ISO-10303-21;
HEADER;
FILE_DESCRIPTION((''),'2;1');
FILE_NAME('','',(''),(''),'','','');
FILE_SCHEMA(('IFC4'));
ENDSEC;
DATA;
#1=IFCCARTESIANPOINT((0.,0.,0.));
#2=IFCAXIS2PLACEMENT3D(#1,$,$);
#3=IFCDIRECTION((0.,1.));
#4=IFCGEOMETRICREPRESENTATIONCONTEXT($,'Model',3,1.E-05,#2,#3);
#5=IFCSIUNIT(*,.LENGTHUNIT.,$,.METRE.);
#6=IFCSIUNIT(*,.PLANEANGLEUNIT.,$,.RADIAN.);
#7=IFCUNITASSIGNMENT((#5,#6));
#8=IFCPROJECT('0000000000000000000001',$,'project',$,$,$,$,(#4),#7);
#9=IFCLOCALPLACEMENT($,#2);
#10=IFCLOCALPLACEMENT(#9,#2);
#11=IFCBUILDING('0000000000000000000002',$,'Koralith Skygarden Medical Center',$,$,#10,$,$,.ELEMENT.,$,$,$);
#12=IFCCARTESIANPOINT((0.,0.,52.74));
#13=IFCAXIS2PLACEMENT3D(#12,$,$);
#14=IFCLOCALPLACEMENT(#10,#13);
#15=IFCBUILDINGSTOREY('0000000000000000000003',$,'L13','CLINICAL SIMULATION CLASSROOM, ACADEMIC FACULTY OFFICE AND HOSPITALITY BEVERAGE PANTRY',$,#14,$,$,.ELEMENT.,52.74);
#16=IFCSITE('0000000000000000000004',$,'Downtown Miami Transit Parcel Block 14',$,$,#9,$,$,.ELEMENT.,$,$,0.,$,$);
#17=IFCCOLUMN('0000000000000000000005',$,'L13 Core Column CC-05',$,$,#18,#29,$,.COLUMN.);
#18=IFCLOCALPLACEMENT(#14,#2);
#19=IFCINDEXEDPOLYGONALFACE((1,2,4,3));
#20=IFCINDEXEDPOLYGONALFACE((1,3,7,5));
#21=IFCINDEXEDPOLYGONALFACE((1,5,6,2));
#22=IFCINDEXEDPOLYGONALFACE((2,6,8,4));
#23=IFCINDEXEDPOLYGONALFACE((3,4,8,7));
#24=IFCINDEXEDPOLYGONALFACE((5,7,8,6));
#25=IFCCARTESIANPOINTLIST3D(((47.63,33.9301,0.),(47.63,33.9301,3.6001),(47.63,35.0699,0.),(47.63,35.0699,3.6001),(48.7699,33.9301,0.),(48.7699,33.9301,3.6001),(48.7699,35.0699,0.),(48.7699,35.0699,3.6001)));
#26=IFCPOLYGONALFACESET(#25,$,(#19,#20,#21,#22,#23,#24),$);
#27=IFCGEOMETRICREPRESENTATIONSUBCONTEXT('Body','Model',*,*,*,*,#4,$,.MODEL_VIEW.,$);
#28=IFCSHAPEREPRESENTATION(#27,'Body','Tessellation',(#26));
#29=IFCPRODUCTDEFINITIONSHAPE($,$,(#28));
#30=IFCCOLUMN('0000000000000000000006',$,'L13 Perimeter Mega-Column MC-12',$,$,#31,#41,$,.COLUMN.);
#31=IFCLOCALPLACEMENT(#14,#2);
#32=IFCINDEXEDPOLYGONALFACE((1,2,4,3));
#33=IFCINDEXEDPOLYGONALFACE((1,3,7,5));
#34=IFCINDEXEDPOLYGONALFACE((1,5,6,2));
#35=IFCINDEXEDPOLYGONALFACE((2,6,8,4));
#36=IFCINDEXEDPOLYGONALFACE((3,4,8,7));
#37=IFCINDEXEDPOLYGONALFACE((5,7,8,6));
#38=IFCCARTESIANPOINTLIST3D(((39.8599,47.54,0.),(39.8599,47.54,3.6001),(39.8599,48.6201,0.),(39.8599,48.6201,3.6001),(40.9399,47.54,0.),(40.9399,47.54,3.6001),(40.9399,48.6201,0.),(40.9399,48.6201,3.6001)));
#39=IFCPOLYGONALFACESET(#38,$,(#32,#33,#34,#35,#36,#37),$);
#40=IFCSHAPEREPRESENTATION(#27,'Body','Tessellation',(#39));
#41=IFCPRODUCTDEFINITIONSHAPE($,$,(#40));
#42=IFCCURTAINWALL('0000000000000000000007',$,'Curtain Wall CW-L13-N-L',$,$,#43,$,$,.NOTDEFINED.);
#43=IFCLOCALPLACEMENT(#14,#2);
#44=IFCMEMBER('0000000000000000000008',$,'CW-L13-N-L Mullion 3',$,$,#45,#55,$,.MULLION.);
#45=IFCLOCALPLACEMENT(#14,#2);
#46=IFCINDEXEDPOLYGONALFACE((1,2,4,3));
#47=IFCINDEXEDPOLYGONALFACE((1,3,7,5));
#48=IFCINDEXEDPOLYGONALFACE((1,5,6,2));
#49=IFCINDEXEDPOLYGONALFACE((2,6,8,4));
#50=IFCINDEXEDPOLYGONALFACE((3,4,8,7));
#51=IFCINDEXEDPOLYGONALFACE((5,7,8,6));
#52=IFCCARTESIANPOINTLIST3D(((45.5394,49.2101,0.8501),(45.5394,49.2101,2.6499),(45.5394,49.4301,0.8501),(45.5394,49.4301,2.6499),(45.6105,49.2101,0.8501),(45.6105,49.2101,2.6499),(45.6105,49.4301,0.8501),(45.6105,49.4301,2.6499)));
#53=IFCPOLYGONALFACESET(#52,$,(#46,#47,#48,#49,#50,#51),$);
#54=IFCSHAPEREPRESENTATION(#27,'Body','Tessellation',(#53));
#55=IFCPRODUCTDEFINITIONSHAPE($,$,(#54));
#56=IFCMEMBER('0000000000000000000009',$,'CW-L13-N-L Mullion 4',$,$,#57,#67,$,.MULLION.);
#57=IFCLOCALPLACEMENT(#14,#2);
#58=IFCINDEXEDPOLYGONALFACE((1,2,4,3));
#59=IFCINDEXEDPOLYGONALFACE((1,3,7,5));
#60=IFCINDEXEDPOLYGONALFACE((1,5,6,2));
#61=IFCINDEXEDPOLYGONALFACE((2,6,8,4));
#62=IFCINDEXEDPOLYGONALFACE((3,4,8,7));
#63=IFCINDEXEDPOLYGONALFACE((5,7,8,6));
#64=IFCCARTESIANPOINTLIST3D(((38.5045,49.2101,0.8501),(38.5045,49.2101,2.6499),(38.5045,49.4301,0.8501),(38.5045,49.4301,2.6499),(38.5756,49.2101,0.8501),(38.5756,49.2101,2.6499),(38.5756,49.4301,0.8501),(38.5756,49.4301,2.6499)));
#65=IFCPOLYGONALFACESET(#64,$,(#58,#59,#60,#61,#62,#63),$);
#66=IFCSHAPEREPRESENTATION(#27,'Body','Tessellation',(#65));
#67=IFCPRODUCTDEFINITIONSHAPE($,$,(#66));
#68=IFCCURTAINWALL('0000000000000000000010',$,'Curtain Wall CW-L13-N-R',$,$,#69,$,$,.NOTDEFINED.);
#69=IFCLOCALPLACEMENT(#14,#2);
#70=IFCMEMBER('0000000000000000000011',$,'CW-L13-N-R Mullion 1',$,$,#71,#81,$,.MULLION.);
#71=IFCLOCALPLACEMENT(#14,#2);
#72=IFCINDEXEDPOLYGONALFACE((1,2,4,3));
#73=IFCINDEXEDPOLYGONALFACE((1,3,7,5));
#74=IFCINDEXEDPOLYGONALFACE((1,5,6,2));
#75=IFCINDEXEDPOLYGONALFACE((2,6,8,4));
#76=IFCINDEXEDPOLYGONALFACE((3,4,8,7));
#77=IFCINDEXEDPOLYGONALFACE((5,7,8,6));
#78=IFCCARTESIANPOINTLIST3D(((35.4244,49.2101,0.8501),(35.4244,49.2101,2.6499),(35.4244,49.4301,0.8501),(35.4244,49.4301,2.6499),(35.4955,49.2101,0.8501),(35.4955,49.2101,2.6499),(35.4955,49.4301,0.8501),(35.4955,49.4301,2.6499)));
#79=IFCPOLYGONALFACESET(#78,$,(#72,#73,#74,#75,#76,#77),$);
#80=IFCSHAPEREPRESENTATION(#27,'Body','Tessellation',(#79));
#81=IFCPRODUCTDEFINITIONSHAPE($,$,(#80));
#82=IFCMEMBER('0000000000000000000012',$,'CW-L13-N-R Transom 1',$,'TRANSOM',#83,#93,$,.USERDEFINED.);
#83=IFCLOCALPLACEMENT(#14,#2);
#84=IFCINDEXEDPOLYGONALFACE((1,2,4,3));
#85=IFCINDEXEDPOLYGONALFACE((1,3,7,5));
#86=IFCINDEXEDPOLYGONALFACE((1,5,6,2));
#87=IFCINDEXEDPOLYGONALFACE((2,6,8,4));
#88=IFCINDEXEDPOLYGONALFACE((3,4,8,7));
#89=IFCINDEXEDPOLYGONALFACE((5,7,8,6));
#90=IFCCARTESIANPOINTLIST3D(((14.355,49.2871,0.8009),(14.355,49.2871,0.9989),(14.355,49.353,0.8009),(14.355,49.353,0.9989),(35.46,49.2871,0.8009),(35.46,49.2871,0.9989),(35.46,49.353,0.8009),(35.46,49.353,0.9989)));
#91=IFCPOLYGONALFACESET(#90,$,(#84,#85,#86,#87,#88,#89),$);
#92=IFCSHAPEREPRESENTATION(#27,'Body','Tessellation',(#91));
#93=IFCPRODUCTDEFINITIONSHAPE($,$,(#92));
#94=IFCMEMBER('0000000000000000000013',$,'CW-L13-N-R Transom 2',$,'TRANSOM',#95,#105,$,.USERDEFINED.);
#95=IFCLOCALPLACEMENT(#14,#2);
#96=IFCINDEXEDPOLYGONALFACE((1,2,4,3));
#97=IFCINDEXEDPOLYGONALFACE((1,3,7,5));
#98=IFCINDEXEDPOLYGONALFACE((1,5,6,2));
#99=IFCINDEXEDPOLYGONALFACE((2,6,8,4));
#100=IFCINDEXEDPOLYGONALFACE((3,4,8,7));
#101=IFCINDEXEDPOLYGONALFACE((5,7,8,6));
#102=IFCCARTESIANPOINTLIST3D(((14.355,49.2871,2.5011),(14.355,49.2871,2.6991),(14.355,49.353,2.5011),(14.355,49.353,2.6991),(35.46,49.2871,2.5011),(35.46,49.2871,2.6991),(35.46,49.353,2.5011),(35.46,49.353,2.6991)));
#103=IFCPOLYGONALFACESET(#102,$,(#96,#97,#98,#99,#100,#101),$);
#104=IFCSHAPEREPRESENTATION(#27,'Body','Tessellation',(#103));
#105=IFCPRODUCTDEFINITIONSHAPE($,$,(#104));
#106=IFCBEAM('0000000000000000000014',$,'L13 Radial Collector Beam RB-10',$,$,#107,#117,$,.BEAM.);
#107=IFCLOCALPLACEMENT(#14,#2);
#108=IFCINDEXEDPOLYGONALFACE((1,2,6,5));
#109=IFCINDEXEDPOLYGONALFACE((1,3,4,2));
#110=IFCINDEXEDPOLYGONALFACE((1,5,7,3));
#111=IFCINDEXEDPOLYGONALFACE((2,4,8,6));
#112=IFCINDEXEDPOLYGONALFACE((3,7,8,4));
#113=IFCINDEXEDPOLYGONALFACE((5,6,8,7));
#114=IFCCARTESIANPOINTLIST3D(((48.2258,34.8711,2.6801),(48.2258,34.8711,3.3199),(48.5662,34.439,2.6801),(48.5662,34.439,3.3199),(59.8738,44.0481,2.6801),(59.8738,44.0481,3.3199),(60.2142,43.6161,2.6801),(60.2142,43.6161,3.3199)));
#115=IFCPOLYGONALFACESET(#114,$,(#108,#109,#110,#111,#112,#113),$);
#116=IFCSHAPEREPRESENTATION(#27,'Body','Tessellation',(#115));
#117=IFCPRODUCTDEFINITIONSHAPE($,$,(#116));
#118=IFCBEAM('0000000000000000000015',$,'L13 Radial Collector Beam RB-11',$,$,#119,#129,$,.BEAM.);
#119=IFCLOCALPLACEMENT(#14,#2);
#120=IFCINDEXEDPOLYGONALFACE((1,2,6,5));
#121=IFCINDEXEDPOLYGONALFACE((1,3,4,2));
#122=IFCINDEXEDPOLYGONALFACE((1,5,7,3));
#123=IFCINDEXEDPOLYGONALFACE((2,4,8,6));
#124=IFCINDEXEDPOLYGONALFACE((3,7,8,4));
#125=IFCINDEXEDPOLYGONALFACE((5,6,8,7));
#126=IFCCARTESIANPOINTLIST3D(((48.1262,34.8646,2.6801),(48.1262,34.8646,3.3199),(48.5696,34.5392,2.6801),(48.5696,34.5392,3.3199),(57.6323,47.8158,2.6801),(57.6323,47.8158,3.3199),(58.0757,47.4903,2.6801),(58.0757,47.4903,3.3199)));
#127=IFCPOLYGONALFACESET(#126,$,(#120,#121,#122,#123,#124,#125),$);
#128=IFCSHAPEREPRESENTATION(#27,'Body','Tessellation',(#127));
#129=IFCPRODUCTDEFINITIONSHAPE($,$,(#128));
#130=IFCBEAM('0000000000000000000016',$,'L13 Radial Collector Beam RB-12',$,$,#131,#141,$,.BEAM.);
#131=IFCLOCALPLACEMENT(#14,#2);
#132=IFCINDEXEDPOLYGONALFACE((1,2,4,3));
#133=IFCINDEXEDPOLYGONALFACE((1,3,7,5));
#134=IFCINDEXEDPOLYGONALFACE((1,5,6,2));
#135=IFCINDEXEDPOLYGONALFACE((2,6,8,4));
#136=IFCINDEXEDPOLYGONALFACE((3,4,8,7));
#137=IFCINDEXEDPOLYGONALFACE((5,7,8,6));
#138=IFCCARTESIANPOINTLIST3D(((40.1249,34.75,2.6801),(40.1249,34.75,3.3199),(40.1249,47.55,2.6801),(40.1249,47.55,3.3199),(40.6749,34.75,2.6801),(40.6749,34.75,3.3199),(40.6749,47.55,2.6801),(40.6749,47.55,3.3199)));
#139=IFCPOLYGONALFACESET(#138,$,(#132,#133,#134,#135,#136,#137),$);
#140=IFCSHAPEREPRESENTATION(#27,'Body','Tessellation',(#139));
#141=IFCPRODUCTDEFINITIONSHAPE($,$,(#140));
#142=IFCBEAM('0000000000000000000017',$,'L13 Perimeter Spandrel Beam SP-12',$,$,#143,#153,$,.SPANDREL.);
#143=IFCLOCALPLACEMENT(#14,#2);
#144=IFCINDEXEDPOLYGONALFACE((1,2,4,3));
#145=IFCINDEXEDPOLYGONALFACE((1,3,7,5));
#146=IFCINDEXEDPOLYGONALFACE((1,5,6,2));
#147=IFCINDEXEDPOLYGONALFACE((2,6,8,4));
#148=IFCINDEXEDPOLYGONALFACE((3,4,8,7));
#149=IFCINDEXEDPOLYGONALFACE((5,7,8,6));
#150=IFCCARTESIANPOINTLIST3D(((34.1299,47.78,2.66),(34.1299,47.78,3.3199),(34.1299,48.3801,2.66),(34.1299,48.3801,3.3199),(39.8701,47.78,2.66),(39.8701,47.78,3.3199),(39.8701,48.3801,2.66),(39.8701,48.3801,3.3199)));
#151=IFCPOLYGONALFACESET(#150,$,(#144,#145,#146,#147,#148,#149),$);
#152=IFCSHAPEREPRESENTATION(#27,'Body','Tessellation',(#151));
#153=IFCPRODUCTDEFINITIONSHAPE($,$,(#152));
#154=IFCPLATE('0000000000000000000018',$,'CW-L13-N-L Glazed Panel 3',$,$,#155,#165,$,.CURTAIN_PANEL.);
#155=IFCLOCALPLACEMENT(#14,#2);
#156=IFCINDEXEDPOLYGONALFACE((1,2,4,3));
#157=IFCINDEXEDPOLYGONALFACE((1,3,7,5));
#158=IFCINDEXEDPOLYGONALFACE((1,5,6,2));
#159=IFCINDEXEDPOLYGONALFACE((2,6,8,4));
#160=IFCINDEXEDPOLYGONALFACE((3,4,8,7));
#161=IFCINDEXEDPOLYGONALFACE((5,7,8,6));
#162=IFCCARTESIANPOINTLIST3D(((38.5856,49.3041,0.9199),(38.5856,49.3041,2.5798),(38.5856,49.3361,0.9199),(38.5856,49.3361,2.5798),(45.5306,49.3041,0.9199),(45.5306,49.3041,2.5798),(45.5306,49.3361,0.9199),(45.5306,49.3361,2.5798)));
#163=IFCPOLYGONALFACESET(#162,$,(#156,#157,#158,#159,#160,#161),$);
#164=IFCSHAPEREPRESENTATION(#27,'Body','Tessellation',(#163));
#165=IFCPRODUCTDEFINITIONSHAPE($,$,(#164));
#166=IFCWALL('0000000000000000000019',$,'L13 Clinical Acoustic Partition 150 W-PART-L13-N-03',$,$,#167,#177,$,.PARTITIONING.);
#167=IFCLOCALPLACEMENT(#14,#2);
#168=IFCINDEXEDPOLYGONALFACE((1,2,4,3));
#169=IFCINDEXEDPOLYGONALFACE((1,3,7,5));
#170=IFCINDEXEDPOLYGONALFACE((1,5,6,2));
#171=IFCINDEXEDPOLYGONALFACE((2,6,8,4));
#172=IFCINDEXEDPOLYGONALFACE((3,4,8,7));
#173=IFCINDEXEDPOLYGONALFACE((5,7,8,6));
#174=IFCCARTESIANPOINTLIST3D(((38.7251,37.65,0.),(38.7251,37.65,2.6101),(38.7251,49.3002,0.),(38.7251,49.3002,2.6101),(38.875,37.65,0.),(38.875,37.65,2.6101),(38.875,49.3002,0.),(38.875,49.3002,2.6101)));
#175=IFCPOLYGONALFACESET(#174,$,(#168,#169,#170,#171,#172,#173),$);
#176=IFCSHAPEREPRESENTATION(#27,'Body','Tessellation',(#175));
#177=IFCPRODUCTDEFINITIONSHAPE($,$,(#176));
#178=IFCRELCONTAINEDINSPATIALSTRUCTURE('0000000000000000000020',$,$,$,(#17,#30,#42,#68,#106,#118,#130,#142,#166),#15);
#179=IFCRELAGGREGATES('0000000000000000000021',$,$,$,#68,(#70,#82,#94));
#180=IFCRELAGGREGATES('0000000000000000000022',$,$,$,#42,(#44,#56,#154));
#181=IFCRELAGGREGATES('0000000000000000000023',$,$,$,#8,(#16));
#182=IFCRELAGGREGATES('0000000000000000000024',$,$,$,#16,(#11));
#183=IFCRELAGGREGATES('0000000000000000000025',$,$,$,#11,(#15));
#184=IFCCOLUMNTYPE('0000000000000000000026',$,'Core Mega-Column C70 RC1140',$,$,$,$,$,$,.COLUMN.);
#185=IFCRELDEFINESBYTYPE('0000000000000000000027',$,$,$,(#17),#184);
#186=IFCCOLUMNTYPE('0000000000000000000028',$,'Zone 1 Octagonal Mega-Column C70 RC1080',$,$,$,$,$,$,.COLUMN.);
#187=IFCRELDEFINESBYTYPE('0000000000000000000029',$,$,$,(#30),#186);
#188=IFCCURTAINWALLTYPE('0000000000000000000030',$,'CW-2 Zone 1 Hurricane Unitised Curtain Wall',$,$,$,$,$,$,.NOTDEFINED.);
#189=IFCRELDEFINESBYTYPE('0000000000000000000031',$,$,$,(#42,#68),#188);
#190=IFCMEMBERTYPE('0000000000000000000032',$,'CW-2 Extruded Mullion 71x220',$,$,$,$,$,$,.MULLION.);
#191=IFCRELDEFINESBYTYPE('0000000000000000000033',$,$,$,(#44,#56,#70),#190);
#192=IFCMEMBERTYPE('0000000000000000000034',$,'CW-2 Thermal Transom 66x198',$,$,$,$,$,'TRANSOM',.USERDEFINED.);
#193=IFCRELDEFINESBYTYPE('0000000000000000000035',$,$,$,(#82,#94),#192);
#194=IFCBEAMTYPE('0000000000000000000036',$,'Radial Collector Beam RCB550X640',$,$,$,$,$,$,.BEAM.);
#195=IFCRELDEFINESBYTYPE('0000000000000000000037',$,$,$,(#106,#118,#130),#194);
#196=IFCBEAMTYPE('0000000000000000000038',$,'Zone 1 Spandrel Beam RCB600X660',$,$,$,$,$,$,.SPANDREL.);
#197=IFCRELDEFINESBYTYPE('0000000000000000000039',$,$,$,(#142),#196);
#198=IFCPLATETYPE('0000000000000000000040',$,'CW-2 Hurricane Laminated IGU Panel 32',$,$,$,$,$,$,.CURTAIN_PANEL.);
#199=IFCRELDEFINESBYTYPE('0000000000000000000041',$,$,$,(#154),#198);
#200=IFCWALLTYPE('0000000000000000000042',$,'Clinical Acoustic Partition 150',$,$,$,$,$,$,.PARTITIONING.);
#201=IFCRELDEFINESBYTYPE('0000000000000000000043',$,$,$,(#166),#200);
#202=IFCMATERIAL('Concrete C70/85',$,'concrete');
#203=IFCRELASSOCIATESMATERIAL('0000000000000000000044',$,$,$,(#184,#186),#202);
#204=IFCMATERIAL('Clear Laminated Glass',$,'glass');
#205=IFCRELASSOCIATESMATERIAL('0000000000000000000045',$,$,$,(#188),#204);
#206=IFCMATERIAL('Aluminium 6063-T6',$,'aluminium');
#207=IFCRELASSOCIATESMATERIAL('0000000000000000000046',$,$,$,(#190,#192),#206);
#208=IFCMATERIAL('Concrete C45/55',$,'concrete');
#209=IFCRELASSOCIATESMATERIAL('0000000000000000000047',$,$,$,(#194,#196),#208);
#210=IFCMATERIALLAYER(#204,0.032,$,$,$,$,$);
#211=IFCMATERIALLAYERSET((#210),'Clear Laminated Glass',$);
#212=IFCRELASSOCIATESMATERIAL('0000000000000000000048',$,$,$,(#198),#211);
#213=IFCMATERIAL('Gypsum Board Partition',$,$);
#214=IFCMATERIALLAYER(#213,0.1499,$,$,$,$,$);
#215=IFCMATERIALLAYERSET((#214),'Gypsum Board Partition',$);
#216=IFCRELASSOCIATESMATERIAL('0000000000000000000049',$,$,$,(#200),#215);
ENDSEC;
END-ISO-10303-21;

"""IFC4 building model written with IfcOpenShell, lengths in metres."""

from ifc_helpers import new_model, si_unit, direction, frame, frame_2d, origin, origin_2d, place, context, subcontext, project, spatial, rectangle, extrude, material, layer, layer_set, material_profile, profile_set, type_object, element, aggregate, save


model = new_model("IFC4")

# Units and contexts
model_context = context("Model", 3, precision=1e-05, world=origin(), true_north=direction((0.0, 1.0)))
body_context = subcontext(model_context, "Body", "Model", "MODEL_VIEW")
ifc_project = project(units=[si_unit("LENGTHUNIT", "METRE"), si_unit("PLANEANGLEUNIT", "RADIAN")], contexts=[model_context])

# Site, building, storey
site_placement = place(None, origin())
site = spatial("IfcSite", under=ifc_project, at=site_placement, Name="Downtown Miami Transit Parcel Block 14", CompositionType="ELEMENT", RefElevation=0.0)
building_placement = place(site_placement, origin())
building = spatial("IfcBuilding", under=site, at=building_placement, Name="Koralith Skygarden Medical Center", CompositionType="ELEMENT")
storey_placement = place(building_placement, frame((0.0, 0.0, 52.74)))
storey = spatial("IfcBuildingStorey", under=building, at=storey_placement, Name="L13", Description="CLINICAL SIMULATION CLASSROOM, ACADEMIC FACULTY OFFICE AND HOSPITALITY BEVERAGE PANTRY", CompositionType="ELEMENT", Elevation=52.74)

# Columns
ifc_material_1 = material(Name="Concrete C70/85", Category="concrete")
ifc_material_profile_1 = material_profile(ifc_material_1, rectangle(XDim=1.1399, YDim=1.1399, at=origin_2d()), Name="RC1140X1140")
ifc_profile_set_1 = profile_set([ifc_material_profile_1], Name="Concrete C70/85")
column_type_1 = type_object("IfcColumnType", Name="Core Mega-Column C70 RC1140", PredefinedType="COLUMN", material=ifc_profile_set_1)
column_1_placement = place(storey_placement, frame((48.2, 34.5, 0.0), z_axis=(0.0, 0.0, 1.0), x_axis=(1.0, 0.0, 0.0)))
element("IfcColumn", 1, at=column_1_placement, inside=storey, type_object=column_type_1, Name="L13 Core Column CC-05", PredefinedType="COLUMN", context=body_context, shape_type="SweptSolid", body=[
    extrude(rectangle(XDim=1.1399, YDim=1.1399, at=origin_2d()), origin(), (0.0, 0.0, 1.0), 3.6001),
])
ifc_material_profile_2 = material_profile(ifc_material_1, rectangle(XDim=1.0801, YDim=1.0801, at=origin_2d()), Name="RC1080X1080")
ifc_profile_set_2 = profile_set([ifc_material_profile_2], Name="Concrete C70/85")
column_type_2 = type_object("IfcColumnType", Name="Zone 1 Octagonal Mega-Column C70 RC1080", PredefinedType="COLUMN", material=ifc_profile_set_2)
column_2_placement = place(storey_placement, frame((40.3999, 48.0801, 0.0), z_axis=(0.0, 0.0, 1.0), x_axis=(1.0, 0.0, 0.0)))
element("IfcColumn", 2, at=column_2_placement, inside=storey, type_object=column_type_2, Name="L13 Perimeter Mega-Column MC-12", PredefinedType="COLUMN", context=body_context, shape_type="SweptSolid", body=[
    extrude(rectangle(XDim=1.0801, YDim=1.0801, at=origin_2d()), origin(), (0.0, 0.0, 1.0), 3.6001),
])

# Curtain walls, members
ifc_material_2 = material(Name="Clear Laminated Glass", Category="glass")
curtain_wall_type = type_object("IfcCurtainWallType", Name="CW-2 Zone 1 Hurricane Unitised Curtain Wall", PredefinedType="NOTDEFINED", material=ifc_material_2)
curtain_wall_1_placement = place(storey_placement, origin())
curtain_wall_1 = element("IfcCurtainWall", 3, at=curtain_wall_1_placement, inside=storey, type_object=curtain_wall_type, Name="Curtain Wall CW-L13-N-L", PredefinedType="NOTDEFINED")
ifc_material_3 = material(Name="Aluminium 6063-T6", Category="aluminium")
ifc_material_profile_3 = material_profile(ifc_material_3, rectangle(XDim=0.071, YDim=0.22, at=origin_2d()), Name="MUL71X220")
ifc_profile_set_3 = profile_set([ifc_material_profile_3], Name="Aluminium 6063-T6")
member_type_1 = type_object("IfcMemberType", Name="CW-2 Extruded Mullion 71x220", PredefinedType="MULLION", material=ifc_profile_set_3)
member_1_placement = place(storey_placement, frame((45.575, 49.3201, 0.8501), z_axis=(0.0, 0.0, 1.0), x_axis=(1.0, 0.0, 0.0)))
member_1 = element("IfcMember", 4, at=member_1_placement, type_object=member_type_1, Name="CW-L13-N-L Mullion 3", PredefinedType="MULLION", context=body_context, shape_type="SweptSolid", body=[
    extrude(rectangle(XDim=0.071, YDim=0.22, at=origin_2d()), origin(), (0.0, 0.0, 1.0), 1.7998),
])
member_2_placement = place(storey_placement, frame((38.54, 49.3201, 0.8501), z_axis=(0.0, 0.0, 1.0), x_axis=(1.0, 0.0, 0.0)))
member_2 = element("IfcMember", 5, at=member_2_placement, type_object=member_type_1, Name="CW-L13-N-L Mullion 4", PredefinedType="MULLION", context=body_context, shape_type="SweptSolid", body=[
    extrude(rectangle(XDim=0.071, YDim=0.22, at=origin_2d()), origin(), (0.0, 0.0, 1.0), 1.7998),
])
curtain_wall_2_placement = place(storey_placement, origin())
curtain_wall_2 = element("IfcCurtainWall", 6, at=curtain_wall_2_placement, inside=storey, type_object=curtain_wall_type, Name="Curtain Wall CW-L13-N-R", PredefinedType="NOTDEFINED")
member_3_placement = place(storey_placement, frame((35.46, 49.3201, 0.8501), z_axis=(0.0, 0.0, 1.0), x_axis=(1.0, 0.0, 0.0)))
member_3 = element("IfcMember", 7, at=member_3_placement, type_object=member_type_1, Name="CW-L13-N-R Mullion 1", PredefinedType="MULLION", context=body_context, shape_type="SweptSolid", body=[
    extrude(rectangle(XDim=0.071, YDim=0.22, at=origin_2d()), origin(), (0.0, 0.0, 1.0), 1.7998),
])
ifc_material_profile_4 = material_profile(ifc_material_3, rectangle(XDim=0.0659, YDim=0.198, at=origin_2d()), Name="TRN66X198")
ifc_profile_set_4 = profile_set([ifc_material_profile_4], Name="Aluminium 6063-T6")
member_type_2 = type_object("IfcMemberType", Name="CW-2 Thermal Transom 66x198", ElementType="TRANSOM", PredefinedType="USERDEFINED", material=ifc_profile_set_4)
member_4_placement = place(storey_placement, frame((35.46, 49.3201, 0.8999), z_axis=(-1.0, 0.0, 0.0), x_axis=(0.0, -1.0, 0.0)))
member_4 = element("IfcMember", 8, at=member_4_placement, type_object=member_type_2, Name="CW-L13-N-R Transom 1", ObjectType="TRANSOM", PredefinedType="USERDEFINED", context=body_context, shape_type="SweptSolid", body=[
    extrude(rectangle(XDim=0.0659, YDim=0.198, at=origin_2d()), origin(), (0.0, 0.0, 1.0), 21.105),
])
member_5_placement = place(storey_placement, frame((35.46, 49.3201, 2.6001), z_axis=(-1.0, 0.0, 0.0), x_axis=(0.0, -1.0, 0.0)))
member_5 = element("IfcMember", 9, at=member_5_placement, type_object=member_type_2, Name="CW-L13-N-R Transom 2", ObjectType="TRANSOM", PredefinedType="USERDEFINED", context=body_context, shape_type="SweptSolid", body=[
    extrude(rectangle(XDim=0.0659, YDim=0.198, at=origin_2d()), origin(), (0.0, 0.0, 1.0), 21.105),
])
aggregate(curtain_wall_2, [member_3, member_4, member_5])

# Beams
ifc_material_4 = material(Name="Concrete C45/55", Category="concrete")
ifc_material_profile_5 = material_profile(ifc_material_4, rectangle(XDim=0.55, YDim=0.6399, at=origin_2d()), Name="RCB550X640")
ifc_profile_set_5 = profile_set([ifc_material_profile_5], Name="Concrete C45/55")
beam_type_1 = type_object("IfcBeamType", Name="Radial Collector Beam RCB550X640", PredefinedType="BEAM", material=ifc_profile_set_5)
beam_1_placement = place(storey_placement, frame((48.396, 34.655, 3.0), z_axis=(0.785497, 0.618865, 0.0), x_axis=(-0.618865, 0.785497, 0.0)))
element("IfcBeam", 10, at=beam_1_placement, inside=storey, type_object=beam_type_1, Name="L13 Radial Collector Beam RB-10", PredefinedType="BEAM", context=body_context, shape_type="SweptSolid", body=[
    extrude(rectangle(XDim=0.55, YDim=0.6399, at=origin_2d()), origin(), (0.0, 0.0, 1.0), 14.8289),
])
beam_2_placement = place(storey_placement, frame((48.3479, 34.7019, 3.0), z_axis=(0.591711, 0.80615, 0.0), x_axis=(-0.80615, 0.591711, 0.0)))
element("IfcBeam", 11, at=beam_2_placement, inside=storey, type_object=beam_type_1, Name="L13 Radial Collector Beam RB-11", PredefinedType="BEAM", context=body_context, shape_type="SweptSolid", body=[
    extrude(rectangle(XDim=0.55, YDim=0.6399, at=origin_2d()), origin(), (0.0, 0.0, 1.0), 16.0654),
])
beam_3_placement = place(storey_placement, frame((40.3999, 34.75, 3.0), z_axis=(0.0, 1.0, 0.0), x_axis=(-1.0, 0.0, 0.0)))
element("IfcBeam", 12, at=beam_3_placement, inside=storey, type_object=beam_type_1, Name="L13 Radial Collector Beam RB-12", PredefinedType="BEAM", context=body_context, shape_type="SweptSolid", body=[
    extrude(rectangle(XDim=0.55, YDim=0.6399, at=origin_2d()), origin(), (0.0, 0.0, 1.0), 12.8),
])
ifc_material_profile_6 = material_profile(ifc_material_4, rectangle(XDim=0.6001, YDim=0.6599, at=origin_2d()), Name="RCB600X660")
ifc_profile_set_6 = profile_set([ifc_material_profile_6], Name="Concrete C45/55")
beam_type_2 = type_object("IfcBeamType", Name="Zone 1 Spandrel Beam RCB600X660", PredefinedType="SPANDREL", material=ifc_profile_set_6)
beam_4_placement = place(storey_placement, frame((39.8701, 48.0801, 2.99), z_axis=(-1.0, 0.0, 0.0), x_axis=(0.0, -1.0, 0.0)))
element("IfcBeam", 13, at=beam_4_placement, inside=storey, type_object=beam_type_2, Name="L13 Perimeter Spandrel Beam SP-12", PredefinedType="SPANDREL", context=body_context, shape_type="SweptSolid", body=[
    extrude(rectangle(XDim=0.6001, YDim=0.6599, at=origin_2d()), origin(), (0.0, 0.0, 1.0), 5.7402),
])

# Plate
ifc_layer_1 = layer(ifc_material_2, 0.032)
ifc_layer_set_1 = layer_set([ifc_layer_1], Name="Clear Laminated Glass")
plate_type = type_object("IfcPlateType", Name="CW-2 Hurricane Laminated IGU Panel 32", PredefinedType="CURTAIN_PANEL", material=ifc_layer_set_1)
plate_placement = place(storey_placement, frame((42.0581, 49.3201, 0.9199), z_axis=(0.0, 0.0, 1.0), x_axis=(-1.0, 0.0, 0.0)))
plate = element("IfcPlate", 14, at=plate_placement, type_object=plate_type, Name="CW-L13-N-L Glazed Panel 3", PredefinedType="CURTAIN_PANEL", context=body_context, shape_type="SweptSolid", body=[
    extrude(rectangle(XDim=6.9451, YDim=0.032, at=origin_2d()), origin(), (0.0, 0.0, 1.0), 1.6599),
])
aggregate(curtain_wall_1, [member_1, member_2, plate])

# Wall
ifc_material_5 = material(Name="Gypsum Board Partition")
ifc_layer_2 = layer(ifc_material_5, 0.1499)
ifc_layer_set_2 = layer_set([ifc_layer_2], Name="Gypsum Board Partition")
wall_type_1 = type_object("IfcWallType", Name="Clinical Acoustic Partition 150", PredefinedType="PARTITIONING", material=ifc_layer_set_2)
wall_1_placement = place(storey_placement, frame((38.8, 37.6499, 0.0), z_axis=(0.0, 0.0, 1.0), x_axis=(0.0, 1.0, 0.0)))
element("IfcWall", 15, at=wall_1_placement, inside=storey, type_object=wall_type_1, Name="L13 Clinical Acoustic Partition 150 W-PART-L13-N-03", PredefinedType="PARTITIONING", context=body_context, shape_type="SweptSolid", body=[
    extrude(rectangle(XDim=11.6501, YDim=0.1499, at=frame_2d((5.8252, 0.0))), origin(), (0.0, 0.0, 1.0), 2.6101),
])

save(model, "model.ifc")
